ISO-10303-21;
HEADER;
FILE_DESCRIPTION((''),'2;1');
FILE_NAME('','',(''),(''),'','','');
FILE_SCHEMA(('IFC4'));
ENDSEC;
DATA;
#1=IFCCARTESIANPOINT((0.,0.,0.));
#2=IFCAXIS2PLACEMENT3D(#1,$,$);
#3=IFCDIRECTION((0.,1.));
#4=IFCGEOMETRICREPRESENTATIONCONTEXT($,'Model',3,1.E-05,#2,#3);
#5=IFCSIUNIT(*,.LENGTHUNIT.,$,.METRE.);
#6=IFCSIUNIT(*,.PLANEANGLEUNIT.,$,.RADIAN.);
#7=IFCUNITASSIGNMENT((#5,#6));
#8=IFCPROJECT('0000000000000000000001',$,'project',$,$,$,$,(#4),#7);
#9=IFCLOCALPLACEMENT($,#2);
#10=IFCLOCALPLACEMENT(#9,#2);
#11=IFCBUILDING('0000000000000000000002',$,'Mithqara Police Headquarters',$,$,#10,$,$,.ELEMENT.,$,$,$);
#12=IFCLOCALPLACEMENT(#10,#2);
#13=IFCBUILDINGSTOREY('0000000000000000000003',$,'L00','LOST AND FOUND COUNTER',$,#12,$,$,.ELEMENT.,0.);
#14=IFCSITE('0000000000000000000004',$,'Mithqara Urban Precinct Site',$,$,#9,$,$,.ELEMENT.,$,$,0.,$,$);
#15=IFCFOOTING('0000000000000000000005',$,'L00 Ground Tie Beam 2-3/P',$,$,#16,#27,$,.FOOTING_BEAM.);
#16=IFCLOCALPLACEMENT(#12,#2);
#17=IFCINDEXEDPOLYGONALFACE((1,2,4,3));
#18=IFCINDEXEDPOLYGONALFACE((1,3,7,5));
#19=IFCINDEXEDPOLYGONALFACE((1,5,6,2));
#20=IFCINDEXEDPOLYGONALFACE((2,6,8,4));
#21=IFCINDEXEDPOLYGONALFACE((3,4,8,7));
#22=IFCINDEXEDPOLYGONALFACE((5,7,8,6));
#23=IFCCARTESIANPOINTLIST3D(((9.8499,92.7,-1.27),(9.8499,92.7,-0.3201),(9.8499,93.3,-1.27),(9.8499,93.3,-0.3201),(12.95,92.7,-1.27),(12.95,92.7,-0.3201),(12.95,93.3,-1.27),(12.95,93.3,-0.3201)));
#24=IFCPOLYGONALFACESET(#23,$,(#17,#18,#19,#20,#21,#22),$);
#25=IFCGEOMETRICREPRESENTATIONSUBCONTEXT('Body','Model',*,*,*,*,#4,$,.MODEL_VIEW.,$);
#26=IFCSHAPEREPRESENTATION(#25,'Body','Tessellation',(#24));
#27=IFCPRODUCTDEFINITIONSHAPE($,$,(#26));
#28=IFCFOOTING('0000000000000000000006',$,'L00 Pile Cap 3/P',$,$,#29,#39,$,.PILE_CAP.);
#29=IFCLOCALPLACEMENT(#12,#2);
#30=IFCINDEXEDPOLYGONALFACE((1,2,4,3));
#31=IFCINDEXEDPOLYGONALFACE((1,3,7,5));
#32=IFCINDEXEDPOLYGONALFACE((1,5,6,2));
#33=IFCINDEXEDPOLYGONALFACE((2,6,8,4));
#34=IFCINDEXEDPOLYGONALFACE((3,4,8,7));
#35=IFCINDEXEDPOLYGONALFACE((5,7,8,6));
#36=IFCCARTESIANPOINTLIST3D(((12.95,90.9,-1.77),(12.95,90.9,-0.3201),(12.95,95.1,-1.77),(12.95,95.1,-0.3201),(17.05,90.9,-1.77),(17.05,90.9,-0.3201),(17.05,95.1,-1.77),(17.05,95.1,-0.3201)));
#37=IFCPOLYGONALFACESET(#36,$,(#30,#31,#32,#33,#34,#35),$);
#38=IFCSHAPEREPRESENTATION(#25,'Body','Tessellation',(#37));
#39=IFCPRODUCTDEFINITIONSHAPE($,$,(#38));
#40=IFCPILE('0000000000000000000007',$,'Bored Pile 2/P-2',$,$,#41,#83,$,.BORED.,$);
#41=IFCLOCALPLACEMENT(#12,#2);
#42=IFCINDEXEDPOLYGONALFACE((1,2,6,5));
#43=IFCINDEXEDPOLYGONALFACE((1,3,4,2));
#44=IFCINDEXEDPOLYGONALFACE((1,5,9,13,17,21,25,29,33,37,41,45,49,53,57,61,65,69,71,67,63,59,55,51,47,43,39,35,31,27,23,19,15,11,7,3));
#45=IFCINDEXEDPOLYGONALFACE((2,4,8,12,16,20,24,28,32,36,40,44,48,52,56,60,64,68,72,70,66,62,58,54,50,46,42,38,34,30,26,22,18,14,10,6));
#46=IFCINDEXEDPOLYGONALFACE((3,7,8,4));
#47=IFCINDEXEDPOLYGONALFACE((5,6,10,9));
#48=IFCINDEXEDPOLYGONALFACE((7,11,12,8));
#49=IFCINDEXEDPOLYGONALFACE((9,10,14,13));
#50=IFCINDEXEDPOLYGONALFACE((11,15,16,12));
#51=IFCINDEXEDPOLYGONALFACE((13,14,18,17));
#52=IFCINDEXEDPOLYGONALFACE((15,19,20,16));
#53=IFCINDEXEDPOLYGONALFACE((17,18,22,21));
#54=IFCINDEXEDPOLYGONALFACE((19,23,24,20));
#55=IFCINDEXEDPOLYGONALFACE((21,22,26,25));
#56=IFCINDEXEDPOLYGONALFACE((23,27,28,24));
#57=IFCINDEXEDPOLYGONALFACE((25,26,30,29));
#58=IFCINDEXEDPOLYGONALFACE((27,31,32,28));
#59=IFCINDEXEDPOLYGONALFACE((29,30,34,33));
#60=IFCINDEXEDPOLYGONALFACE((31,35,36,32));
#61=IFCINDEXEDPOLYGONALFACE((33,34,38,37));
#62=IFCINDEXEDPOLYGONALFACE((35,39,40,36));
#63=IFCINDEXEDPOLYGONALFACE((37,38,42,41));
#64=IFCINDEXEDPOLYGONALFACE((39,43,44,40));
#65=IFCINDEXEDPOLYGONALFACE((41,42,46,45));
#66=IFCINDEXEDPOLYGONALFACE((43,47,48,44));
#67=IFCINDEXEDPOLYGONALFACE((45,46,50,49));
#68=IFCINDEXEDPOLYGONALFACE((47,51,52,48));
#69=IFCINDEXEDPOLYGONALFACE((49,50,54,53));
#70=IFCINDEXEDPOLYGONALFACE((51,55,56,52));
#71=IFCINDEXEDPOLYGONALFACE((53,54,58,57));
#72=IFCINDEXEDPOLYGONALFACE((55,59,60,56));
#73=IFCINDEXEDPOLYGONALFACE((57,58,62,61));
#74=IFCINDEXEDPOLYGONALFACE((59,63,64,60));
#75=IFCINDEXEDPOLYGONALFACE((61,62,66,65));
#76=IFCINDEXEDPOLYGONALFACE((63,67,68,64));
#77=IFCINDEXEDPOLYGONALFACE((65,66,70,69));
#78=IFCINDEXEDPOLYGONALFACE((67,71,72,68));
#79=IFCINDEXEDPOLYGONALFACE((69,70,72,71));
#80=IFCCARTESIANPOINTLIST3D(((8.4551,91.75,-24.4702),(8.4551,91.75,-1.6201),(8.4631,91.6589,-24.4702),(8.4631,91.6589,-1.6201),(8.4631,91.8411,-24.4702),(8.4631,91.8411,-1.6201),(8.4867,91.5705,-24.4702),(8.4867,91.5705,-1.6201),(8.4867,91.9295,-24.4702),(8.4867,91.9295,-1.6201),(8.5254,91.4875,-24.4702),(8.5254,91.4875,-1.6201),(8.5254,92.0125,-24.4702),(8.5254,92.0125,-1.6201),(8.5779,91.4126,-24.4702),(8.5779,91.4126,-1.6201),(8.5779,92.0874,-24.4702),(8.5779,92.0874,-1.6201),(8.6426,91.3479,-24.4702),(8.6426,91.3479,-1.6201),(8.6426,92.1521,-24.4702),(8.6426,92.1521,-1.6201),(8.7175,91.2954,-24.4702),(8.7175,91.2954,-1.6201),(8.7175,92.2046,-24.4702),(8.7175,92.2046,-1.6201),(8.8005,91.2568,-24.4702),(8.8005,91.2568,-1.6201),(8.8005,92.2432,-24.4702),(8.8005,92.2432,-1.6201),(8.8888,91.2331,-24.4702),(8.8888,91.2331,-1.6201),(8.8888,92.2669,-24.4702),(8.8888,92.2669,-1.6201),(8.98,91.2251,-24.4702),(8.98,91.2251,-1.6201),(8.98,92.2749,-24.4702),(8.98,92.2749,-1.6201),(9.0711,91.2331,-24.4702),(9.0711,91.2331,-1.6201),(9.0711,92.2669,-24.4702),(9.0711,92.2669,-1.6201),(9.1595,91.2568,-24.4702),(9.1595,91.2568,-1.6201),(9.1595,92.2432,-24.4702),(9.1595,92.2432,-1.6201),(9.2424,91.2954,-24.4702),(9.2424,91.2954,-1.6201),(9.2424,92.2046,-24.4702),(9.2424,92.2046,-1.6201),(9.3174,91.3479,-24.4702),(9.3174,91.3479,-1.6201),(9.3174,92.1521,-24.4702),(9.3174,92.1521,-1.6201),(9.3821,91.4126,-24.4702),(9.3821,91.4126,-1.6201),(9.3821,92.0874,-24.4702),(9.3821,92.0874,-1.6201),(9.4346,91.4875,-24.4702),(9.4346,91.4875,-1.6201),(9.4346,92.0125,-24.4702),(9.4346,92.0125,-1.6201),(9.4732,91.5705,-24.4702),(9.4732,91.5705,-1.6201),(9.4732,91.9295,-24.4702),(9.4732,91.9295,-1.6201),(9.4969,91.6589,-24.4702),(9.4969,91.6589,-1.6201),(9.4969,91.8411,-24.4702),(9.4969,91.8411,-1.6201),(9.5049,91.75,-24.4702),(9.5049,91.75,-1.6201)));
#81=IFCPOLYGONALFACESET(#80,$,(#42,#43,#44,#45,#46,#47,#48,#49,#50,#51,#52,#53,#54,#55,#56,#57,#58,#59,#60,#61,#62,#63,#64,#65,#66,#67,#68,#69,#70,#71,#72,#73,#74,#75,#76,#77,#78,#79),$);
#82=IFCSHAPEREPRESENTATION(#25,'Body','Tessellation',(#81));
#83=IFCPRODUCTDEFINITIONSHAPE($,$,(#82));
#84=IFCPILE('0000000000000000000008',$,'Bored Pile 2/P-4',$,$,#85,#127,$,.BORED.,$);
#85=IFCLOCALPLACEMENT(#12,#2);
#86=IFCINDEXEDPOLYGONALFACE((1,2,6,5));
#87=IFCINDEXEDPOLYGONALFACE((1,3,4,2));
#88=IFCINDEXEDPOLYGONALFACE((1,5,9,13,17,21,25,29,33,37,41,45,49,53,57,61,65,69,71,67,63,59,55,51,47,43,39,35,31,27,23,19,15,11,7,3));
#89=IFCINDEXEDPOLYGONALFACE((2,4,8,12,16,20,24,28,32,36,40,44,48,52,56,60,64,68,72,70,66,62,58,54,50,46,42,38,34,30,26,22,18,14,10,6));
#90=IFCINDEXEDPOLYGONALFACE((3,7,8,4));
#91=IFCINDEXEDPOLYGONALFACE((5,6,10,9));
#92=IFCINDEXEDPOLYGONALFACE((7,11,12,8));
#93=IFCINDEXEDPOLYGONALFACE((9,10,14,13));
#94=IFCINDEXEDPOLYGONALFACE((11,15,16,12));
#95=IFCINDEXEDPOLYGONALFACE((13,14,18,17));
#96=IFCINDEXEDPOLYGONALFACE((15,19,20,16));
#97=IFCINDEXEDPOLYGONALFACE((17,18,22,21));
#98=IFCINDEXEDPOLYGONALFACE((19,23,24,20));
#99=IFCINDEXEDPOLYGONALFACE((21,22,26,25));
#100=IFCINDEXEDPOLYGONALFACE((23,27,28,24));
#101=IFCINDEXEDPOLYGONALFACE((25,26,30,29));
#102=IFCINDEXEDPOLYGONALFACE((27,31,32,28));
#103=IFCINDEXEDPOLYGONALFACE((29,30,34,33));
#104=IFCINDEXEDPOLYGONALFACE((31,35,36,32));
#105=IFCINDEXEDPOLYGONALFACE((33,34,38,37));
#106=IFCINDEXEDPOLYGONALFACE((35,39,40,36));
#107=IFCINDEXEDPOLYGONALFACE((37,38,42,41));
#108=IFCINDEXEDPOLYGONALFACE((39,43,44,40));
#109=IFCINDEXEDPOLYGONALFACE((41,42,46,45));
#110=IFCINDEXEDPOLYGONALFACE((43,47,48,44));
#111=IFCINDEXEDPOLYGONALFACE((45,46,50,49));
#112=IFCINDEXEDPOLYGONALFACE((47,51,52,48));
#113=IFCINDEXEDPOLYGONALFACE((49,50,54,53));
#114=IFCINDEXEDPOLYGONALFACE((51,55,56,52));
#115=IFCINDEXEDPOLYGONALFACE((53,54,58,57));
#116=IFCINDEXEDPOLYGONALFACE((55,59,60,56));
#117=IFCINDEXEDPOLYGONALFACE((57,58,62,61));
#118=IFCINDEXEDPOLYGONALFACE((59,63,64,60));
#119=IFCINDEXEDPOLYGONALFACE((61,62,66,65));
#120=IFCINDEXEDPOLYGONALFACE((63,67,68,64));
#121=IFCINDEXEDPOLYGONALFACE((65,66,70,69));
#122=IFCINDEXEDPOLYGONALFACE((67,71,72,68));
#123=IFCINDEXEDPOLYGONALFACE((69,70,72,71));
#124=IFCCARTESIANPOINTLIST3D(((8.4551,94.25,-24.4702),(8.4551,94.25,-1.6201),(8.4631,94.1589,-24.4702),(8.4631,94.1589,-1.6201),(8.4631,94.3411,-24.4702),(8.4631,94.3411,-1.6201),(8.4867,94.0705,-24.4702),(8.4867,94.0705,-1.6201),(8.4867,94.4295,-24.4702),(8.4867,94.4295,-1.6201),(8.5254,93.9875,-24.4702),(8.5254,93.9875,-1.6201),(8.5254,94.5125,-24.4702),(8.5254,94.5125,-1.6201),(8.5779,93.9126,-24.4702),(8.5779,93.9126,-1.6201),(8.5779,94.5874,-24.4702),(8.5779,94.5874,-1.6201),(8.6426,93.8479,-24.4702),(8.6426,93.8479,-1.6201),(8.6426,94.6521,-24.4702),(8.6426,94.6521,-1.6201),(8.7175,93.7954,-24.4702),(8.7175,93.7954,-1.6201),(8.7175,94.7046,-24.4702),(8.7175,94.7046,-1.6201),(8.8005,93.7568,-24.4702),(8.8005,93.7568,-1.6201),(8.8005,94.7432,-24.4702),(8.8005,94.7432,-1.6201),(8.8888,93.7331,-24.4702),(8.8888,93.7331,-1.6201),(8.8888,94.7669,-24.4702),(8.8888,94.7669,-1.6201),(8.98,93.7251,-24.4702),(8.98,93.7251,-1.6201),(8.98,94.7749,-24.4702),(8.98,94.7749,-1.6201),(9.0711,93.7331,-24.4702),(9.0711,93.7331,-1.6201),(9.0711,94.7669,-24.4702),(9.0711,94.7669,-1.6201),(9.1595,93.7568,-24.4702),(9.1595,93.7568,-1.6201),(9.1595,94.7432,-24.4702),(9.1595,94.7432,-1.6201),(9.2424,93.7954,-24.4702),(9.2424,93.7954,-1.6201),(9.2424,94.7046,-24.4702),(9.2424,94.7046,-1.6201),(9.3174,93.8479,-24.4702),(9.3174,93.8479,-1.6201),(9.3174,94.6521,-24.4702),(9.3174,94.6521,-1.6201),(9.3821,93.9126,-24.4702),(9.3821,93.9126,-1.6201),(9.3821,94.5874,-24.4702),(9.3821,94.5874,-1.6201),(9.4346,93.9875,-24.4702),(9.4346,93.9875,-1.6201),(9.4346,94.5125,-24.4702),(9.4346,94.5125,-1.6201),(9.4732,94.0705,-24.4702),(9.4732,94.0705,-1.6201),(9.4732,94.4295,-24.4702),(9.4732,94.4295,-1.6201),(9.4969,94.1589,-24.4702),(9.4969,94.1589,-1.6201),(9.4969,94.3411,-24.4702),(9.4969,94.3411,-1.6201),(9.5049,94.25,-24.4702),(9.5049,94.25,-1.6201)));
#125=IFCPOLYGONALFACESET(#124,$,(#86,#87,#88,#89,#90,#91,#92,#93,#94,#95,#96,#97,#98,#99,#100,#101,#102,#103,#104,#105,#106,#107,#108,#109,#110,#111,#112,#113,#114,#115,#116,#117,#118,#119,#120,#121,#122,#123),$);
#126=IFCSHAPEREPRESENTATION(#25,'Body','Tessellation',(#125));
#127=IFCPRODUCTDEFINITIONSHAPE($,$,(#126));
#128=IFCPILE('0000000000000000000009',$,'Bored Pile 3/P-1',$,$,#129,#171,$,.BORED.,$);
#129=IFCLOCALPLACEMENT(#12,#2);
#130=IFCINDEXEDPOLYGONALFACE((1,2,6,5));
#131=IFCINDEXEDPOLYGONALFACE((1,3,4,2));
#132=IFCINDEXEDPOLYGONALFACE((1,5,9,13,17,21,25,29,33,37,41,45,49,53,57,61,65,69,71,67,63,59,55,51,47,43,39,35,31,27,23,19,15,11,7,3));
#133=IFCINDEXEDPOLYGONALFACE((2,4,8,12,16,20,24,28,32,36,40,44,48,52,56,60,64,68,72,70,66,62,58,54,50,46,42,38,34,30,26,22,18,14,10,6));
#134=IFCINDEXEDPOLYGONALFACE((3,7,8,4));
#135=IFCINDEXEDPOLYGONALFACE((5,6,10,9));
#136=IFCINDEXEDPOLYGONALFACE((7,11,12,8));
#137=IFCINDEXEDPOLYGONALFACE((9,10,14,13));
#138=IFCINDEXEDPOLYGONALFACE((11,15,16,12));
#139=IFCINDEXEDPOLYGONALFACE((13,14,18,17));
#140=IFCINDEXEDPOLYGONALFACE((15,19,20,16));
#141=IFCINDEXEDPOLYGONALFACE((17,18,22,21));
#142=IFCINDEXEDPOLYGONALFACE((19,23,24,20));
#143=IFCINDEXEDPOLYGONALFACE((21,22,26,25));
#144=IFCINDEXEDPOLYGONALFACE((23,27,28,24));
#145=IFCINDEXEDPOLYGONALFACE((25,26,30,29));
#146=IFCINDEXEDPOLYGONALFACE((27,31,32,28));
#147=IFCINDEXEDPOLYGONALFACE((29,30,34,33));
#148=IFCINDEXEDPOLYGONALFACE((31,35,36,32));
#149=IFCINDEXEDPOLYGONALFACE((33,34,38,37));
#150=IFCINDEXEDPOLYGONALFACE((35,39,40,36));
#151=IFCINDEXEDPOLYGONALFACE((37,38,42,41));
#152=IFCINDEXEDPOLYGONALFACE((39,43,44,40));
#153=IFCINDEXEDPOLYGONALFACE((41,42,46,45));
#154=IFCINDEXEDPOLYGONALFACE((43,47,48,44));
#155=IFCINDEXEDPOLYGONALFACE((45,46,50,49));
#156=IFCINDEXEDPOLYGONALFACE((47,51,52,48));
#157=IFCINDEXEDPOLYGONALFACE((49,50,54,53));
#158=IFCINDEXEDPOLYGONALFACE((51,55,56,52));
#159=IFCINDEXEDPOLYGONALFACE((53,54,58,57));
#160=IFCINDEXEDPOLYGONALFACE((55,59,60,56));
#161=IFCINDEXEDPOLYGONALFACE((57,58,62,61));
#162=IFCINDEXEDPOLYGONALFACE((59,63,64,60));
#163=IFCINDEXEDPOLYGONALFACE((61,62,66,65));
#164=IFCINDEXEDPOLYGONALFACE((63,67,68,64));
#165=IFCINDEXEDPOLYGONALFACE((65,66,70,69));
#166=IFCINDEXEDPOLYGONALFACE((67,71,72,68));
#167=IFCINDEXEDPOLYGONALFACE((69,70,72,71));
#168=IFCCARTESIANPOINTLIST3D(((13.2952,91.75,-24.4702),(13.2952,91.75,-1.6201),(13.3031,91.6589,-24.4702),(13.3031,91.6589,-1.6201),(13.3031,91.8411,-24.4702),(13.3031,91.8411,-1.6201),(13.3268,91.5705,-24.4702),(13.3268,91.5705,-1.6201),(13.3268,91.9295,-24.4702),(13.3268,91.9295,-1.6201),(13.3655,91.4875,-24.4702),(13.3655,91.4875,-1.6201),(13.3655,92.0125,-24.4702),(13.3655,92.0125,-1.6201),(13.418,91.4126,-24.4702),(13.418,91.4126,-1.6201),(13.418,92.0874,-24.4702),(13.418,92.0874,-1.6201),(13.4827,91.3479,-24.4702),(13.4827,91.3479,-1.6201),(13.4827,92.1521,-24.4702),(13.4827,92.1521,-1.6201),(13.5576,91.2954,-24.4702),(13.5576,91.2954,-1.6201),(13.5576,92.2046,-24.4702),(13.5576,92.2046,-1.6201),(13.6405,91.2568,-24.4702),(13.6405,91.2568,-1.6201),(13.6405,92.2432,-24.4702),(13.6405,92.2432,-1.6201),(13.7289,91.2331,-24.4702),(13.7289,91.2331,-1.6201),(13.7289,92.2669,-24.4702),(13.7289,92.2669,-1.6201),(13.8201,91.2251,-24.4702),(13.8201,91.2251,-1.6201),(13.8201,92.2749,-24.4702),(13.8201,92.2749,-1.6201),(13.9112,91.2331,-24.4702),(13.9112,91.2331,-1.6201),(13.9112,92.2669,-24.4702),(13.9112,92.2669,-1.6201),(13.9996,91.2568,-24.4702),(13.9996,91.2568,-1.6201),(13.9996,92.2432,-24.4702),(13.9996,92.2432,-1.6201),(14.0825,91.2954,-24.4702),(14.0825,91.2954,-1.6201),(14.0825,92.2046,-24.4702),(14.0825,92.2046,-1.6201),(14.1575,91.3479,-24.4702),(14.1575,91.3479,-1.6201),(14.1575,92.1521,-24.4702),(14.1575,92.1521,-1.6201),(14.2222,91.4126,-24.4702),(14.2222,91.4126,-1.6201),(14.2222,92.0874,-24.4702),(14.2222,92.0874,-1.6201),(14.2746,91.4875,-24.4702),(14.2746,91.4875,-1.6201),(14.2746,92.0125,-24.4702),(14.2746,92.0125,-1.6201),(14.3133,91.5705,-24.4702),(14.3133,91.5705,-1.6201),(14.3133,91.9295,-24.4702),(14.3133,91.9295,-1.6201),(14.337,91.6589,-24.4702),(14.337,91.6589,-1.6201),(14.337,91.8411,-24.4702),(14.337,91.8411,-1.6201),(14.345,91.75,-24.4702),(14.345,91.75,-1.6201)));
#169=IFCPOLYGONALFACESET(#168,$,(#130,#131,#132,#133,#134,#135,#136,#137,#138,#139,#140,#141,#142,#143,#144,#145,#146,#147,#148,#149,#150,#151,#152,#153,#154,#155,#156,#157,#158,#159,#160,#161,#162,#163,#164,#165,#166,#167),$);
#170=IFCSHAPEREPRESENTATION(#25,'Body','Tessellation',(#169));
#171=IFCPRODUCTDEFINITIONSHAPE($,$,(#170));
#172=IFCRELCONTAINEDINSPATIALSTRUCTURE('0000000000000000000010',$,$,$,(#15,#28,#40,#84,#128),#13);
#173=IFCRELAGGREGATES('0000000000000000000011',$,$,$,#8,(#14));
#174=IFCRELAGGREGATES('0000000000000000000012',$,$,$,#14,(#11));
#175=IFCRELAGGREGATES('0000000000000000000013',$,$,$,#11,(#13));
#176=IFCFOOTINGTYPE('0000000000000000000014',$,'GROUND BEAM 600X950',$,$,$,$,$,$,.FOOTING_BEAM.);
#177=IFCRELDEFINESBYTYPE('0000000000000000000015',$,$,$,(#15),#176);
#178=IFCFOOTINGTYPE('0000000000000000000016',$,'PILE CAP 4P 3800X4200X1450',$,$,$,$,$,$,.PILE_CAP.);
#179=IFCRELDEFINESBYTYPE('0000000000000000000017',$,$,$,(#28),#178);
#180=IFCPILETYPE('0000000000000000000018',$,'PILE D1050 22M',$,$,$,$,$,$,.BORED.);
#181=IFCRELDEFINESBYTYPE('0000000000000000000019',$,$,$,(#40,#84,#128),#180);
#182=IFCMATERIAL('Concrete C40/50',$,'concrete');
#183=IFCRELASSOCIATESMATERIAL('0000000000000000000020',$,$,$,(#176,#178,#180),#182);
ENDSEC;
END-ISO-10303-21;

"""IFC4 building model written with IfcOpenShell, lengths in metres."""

from ifc_helpers import new_model, si_unit, direction, frame, origin, origin_2d, place, context, subcontext, project, spatial, rectangle, circle, extrude, material, material_profile, profile_set, type_object, element, save


model = new_model("IFC4")

# Units and contexts
model_context = context("Model", 3, precision=1e-05, world=origin(), true_north=direction((0.0, 1.0)))
body_context = subcontext(model_context, "Body", "Model", "MODEL_VIEW")
ifc_project = project(units=[si_unit("LENGTHUNIT", "METRE"), si_unit("PLANEANGLEUNIT", "RADIAN")], contexts=[model_context])

# Site, building, storey
site_placement = place(None, origin())
site = spatial("IfcSite", under=ifc_project, at=site_placement, Name="Mithqara Urban Precinct Site", CompositionType="ELEMENT", RefElevation=0.0)
building_placement = place(site_placement, origin())
building = spatial("IfcBuilding", under=site, at=building_placement, Name="Mithqara Police Headquarters", CompositionType="ELEMENT")
storey_placement = place(building_placement, origin())
storey = spatial("IfcBuildingStorey", under=building, at=storey_placement, Name="L00", Description="LOST AND FOUND COUNTER", CompositionType="ELEMENT", Elevation=0.0)

# Footings
ifc_material_1 = material(Name="Concrete C40/50", Category="concrete")
footing_type_1 = type_object("IfcFootingType", Name="GROUND BEAM 600X950", PredefinedType="FOOTING_BEAM", material=ifc_material_1)
footing_1_placement = place(storey_placement, frame((11.3999, 93.0, -1.27), z_axis=(0.0, 0.0, 1.0), x_axis=(1.0, 0.0, 0.0)))
element("IfcFooting", 1, at=footing_1_placement, inside=storey, type_object=footing_type_1, Name="L00 Ground Tie Beam 2-3/P", PredefinedType="FOOTING_BEAM", context=body_context, shape_type="SweptSolid", body=[
    extrude(rectangle(XDim=3.1001, YDim=0.6001, at=origin_2d()), origin(), (0.0, 0.0, 1.0), 0.95),
])
footing_type_2 = type_object("IfcFootingType", Name="PILE CAP 4P 3800X4200X1450", PredefinedType="PILE_CAP", material=ifc_material_1)
footing_2_placement = place(storey_placement, frame((15.0, 93.0, -1.77), z_axis=(0.0, 0.0, 1.0), x_axis=(1.0, 0.0, 0.0)))
element("IfcFooting", 2, at=footing_2_placement, inside=storey, type_object=footing_type_2, Name="L00 Pile Cap 3/P", PredefinedType="PILE_CAP", context=body_context, shape_type="SweptSolid", body=[
    extrude(rectangle(XDim=4.1001, YDim=4.2, at=origin_2d()), origin(), (0.0, 0.0, 1.0), 1.45),
])

# Piles
ifc_material_profile_1 = material_profile(ifc_material_1, circle(Radius=0.5249, at=origin_2d()), Name="PILE D1050")
ifc_profile_set_1 = profile_set([ifc_material_profile_1], Name="Concrete C40/50")
pile_type = type_object("IfcPileType", Name="PILE D1050 22M", PredefinedType="BORED", material=ifc_profile_set_1)
for number, where, z_axis, x_axis, name in (
    (3, (8.98, 91.75, -1.6201), (0.0, 0.0, -1.0), (1.0, 0.0, 0.0), "Bored Pile 2/P-2"),
    (4, (8.98, 94.25, -1.6201), (0.0, 0.0, -1.0), (1.0, 0.0, 0.0), "Bored Pile 2/P-4"),
    (5, (13.8201, 91.75, -1.6201), (0.0, 0.0, -1.0), (1.0, 0.0, 0.0), "Bored Pile 3/P-1"),
):
    element("IfcPile", number, at=place(storey_placement, frame(where, z_axis=z_axis, x_axis=x_axis)), inside=storey, type_object=pile_type, Name=name, PredefinedType="BORED", context=body_context, shape_type="SweptSolid", body=[
        extrude(circle(Radius=0.5249, at=origin_2d()), origin(), (0.0, 0.0, 1.0), 22.8501),
    ])

save(model, "model.ifc")
